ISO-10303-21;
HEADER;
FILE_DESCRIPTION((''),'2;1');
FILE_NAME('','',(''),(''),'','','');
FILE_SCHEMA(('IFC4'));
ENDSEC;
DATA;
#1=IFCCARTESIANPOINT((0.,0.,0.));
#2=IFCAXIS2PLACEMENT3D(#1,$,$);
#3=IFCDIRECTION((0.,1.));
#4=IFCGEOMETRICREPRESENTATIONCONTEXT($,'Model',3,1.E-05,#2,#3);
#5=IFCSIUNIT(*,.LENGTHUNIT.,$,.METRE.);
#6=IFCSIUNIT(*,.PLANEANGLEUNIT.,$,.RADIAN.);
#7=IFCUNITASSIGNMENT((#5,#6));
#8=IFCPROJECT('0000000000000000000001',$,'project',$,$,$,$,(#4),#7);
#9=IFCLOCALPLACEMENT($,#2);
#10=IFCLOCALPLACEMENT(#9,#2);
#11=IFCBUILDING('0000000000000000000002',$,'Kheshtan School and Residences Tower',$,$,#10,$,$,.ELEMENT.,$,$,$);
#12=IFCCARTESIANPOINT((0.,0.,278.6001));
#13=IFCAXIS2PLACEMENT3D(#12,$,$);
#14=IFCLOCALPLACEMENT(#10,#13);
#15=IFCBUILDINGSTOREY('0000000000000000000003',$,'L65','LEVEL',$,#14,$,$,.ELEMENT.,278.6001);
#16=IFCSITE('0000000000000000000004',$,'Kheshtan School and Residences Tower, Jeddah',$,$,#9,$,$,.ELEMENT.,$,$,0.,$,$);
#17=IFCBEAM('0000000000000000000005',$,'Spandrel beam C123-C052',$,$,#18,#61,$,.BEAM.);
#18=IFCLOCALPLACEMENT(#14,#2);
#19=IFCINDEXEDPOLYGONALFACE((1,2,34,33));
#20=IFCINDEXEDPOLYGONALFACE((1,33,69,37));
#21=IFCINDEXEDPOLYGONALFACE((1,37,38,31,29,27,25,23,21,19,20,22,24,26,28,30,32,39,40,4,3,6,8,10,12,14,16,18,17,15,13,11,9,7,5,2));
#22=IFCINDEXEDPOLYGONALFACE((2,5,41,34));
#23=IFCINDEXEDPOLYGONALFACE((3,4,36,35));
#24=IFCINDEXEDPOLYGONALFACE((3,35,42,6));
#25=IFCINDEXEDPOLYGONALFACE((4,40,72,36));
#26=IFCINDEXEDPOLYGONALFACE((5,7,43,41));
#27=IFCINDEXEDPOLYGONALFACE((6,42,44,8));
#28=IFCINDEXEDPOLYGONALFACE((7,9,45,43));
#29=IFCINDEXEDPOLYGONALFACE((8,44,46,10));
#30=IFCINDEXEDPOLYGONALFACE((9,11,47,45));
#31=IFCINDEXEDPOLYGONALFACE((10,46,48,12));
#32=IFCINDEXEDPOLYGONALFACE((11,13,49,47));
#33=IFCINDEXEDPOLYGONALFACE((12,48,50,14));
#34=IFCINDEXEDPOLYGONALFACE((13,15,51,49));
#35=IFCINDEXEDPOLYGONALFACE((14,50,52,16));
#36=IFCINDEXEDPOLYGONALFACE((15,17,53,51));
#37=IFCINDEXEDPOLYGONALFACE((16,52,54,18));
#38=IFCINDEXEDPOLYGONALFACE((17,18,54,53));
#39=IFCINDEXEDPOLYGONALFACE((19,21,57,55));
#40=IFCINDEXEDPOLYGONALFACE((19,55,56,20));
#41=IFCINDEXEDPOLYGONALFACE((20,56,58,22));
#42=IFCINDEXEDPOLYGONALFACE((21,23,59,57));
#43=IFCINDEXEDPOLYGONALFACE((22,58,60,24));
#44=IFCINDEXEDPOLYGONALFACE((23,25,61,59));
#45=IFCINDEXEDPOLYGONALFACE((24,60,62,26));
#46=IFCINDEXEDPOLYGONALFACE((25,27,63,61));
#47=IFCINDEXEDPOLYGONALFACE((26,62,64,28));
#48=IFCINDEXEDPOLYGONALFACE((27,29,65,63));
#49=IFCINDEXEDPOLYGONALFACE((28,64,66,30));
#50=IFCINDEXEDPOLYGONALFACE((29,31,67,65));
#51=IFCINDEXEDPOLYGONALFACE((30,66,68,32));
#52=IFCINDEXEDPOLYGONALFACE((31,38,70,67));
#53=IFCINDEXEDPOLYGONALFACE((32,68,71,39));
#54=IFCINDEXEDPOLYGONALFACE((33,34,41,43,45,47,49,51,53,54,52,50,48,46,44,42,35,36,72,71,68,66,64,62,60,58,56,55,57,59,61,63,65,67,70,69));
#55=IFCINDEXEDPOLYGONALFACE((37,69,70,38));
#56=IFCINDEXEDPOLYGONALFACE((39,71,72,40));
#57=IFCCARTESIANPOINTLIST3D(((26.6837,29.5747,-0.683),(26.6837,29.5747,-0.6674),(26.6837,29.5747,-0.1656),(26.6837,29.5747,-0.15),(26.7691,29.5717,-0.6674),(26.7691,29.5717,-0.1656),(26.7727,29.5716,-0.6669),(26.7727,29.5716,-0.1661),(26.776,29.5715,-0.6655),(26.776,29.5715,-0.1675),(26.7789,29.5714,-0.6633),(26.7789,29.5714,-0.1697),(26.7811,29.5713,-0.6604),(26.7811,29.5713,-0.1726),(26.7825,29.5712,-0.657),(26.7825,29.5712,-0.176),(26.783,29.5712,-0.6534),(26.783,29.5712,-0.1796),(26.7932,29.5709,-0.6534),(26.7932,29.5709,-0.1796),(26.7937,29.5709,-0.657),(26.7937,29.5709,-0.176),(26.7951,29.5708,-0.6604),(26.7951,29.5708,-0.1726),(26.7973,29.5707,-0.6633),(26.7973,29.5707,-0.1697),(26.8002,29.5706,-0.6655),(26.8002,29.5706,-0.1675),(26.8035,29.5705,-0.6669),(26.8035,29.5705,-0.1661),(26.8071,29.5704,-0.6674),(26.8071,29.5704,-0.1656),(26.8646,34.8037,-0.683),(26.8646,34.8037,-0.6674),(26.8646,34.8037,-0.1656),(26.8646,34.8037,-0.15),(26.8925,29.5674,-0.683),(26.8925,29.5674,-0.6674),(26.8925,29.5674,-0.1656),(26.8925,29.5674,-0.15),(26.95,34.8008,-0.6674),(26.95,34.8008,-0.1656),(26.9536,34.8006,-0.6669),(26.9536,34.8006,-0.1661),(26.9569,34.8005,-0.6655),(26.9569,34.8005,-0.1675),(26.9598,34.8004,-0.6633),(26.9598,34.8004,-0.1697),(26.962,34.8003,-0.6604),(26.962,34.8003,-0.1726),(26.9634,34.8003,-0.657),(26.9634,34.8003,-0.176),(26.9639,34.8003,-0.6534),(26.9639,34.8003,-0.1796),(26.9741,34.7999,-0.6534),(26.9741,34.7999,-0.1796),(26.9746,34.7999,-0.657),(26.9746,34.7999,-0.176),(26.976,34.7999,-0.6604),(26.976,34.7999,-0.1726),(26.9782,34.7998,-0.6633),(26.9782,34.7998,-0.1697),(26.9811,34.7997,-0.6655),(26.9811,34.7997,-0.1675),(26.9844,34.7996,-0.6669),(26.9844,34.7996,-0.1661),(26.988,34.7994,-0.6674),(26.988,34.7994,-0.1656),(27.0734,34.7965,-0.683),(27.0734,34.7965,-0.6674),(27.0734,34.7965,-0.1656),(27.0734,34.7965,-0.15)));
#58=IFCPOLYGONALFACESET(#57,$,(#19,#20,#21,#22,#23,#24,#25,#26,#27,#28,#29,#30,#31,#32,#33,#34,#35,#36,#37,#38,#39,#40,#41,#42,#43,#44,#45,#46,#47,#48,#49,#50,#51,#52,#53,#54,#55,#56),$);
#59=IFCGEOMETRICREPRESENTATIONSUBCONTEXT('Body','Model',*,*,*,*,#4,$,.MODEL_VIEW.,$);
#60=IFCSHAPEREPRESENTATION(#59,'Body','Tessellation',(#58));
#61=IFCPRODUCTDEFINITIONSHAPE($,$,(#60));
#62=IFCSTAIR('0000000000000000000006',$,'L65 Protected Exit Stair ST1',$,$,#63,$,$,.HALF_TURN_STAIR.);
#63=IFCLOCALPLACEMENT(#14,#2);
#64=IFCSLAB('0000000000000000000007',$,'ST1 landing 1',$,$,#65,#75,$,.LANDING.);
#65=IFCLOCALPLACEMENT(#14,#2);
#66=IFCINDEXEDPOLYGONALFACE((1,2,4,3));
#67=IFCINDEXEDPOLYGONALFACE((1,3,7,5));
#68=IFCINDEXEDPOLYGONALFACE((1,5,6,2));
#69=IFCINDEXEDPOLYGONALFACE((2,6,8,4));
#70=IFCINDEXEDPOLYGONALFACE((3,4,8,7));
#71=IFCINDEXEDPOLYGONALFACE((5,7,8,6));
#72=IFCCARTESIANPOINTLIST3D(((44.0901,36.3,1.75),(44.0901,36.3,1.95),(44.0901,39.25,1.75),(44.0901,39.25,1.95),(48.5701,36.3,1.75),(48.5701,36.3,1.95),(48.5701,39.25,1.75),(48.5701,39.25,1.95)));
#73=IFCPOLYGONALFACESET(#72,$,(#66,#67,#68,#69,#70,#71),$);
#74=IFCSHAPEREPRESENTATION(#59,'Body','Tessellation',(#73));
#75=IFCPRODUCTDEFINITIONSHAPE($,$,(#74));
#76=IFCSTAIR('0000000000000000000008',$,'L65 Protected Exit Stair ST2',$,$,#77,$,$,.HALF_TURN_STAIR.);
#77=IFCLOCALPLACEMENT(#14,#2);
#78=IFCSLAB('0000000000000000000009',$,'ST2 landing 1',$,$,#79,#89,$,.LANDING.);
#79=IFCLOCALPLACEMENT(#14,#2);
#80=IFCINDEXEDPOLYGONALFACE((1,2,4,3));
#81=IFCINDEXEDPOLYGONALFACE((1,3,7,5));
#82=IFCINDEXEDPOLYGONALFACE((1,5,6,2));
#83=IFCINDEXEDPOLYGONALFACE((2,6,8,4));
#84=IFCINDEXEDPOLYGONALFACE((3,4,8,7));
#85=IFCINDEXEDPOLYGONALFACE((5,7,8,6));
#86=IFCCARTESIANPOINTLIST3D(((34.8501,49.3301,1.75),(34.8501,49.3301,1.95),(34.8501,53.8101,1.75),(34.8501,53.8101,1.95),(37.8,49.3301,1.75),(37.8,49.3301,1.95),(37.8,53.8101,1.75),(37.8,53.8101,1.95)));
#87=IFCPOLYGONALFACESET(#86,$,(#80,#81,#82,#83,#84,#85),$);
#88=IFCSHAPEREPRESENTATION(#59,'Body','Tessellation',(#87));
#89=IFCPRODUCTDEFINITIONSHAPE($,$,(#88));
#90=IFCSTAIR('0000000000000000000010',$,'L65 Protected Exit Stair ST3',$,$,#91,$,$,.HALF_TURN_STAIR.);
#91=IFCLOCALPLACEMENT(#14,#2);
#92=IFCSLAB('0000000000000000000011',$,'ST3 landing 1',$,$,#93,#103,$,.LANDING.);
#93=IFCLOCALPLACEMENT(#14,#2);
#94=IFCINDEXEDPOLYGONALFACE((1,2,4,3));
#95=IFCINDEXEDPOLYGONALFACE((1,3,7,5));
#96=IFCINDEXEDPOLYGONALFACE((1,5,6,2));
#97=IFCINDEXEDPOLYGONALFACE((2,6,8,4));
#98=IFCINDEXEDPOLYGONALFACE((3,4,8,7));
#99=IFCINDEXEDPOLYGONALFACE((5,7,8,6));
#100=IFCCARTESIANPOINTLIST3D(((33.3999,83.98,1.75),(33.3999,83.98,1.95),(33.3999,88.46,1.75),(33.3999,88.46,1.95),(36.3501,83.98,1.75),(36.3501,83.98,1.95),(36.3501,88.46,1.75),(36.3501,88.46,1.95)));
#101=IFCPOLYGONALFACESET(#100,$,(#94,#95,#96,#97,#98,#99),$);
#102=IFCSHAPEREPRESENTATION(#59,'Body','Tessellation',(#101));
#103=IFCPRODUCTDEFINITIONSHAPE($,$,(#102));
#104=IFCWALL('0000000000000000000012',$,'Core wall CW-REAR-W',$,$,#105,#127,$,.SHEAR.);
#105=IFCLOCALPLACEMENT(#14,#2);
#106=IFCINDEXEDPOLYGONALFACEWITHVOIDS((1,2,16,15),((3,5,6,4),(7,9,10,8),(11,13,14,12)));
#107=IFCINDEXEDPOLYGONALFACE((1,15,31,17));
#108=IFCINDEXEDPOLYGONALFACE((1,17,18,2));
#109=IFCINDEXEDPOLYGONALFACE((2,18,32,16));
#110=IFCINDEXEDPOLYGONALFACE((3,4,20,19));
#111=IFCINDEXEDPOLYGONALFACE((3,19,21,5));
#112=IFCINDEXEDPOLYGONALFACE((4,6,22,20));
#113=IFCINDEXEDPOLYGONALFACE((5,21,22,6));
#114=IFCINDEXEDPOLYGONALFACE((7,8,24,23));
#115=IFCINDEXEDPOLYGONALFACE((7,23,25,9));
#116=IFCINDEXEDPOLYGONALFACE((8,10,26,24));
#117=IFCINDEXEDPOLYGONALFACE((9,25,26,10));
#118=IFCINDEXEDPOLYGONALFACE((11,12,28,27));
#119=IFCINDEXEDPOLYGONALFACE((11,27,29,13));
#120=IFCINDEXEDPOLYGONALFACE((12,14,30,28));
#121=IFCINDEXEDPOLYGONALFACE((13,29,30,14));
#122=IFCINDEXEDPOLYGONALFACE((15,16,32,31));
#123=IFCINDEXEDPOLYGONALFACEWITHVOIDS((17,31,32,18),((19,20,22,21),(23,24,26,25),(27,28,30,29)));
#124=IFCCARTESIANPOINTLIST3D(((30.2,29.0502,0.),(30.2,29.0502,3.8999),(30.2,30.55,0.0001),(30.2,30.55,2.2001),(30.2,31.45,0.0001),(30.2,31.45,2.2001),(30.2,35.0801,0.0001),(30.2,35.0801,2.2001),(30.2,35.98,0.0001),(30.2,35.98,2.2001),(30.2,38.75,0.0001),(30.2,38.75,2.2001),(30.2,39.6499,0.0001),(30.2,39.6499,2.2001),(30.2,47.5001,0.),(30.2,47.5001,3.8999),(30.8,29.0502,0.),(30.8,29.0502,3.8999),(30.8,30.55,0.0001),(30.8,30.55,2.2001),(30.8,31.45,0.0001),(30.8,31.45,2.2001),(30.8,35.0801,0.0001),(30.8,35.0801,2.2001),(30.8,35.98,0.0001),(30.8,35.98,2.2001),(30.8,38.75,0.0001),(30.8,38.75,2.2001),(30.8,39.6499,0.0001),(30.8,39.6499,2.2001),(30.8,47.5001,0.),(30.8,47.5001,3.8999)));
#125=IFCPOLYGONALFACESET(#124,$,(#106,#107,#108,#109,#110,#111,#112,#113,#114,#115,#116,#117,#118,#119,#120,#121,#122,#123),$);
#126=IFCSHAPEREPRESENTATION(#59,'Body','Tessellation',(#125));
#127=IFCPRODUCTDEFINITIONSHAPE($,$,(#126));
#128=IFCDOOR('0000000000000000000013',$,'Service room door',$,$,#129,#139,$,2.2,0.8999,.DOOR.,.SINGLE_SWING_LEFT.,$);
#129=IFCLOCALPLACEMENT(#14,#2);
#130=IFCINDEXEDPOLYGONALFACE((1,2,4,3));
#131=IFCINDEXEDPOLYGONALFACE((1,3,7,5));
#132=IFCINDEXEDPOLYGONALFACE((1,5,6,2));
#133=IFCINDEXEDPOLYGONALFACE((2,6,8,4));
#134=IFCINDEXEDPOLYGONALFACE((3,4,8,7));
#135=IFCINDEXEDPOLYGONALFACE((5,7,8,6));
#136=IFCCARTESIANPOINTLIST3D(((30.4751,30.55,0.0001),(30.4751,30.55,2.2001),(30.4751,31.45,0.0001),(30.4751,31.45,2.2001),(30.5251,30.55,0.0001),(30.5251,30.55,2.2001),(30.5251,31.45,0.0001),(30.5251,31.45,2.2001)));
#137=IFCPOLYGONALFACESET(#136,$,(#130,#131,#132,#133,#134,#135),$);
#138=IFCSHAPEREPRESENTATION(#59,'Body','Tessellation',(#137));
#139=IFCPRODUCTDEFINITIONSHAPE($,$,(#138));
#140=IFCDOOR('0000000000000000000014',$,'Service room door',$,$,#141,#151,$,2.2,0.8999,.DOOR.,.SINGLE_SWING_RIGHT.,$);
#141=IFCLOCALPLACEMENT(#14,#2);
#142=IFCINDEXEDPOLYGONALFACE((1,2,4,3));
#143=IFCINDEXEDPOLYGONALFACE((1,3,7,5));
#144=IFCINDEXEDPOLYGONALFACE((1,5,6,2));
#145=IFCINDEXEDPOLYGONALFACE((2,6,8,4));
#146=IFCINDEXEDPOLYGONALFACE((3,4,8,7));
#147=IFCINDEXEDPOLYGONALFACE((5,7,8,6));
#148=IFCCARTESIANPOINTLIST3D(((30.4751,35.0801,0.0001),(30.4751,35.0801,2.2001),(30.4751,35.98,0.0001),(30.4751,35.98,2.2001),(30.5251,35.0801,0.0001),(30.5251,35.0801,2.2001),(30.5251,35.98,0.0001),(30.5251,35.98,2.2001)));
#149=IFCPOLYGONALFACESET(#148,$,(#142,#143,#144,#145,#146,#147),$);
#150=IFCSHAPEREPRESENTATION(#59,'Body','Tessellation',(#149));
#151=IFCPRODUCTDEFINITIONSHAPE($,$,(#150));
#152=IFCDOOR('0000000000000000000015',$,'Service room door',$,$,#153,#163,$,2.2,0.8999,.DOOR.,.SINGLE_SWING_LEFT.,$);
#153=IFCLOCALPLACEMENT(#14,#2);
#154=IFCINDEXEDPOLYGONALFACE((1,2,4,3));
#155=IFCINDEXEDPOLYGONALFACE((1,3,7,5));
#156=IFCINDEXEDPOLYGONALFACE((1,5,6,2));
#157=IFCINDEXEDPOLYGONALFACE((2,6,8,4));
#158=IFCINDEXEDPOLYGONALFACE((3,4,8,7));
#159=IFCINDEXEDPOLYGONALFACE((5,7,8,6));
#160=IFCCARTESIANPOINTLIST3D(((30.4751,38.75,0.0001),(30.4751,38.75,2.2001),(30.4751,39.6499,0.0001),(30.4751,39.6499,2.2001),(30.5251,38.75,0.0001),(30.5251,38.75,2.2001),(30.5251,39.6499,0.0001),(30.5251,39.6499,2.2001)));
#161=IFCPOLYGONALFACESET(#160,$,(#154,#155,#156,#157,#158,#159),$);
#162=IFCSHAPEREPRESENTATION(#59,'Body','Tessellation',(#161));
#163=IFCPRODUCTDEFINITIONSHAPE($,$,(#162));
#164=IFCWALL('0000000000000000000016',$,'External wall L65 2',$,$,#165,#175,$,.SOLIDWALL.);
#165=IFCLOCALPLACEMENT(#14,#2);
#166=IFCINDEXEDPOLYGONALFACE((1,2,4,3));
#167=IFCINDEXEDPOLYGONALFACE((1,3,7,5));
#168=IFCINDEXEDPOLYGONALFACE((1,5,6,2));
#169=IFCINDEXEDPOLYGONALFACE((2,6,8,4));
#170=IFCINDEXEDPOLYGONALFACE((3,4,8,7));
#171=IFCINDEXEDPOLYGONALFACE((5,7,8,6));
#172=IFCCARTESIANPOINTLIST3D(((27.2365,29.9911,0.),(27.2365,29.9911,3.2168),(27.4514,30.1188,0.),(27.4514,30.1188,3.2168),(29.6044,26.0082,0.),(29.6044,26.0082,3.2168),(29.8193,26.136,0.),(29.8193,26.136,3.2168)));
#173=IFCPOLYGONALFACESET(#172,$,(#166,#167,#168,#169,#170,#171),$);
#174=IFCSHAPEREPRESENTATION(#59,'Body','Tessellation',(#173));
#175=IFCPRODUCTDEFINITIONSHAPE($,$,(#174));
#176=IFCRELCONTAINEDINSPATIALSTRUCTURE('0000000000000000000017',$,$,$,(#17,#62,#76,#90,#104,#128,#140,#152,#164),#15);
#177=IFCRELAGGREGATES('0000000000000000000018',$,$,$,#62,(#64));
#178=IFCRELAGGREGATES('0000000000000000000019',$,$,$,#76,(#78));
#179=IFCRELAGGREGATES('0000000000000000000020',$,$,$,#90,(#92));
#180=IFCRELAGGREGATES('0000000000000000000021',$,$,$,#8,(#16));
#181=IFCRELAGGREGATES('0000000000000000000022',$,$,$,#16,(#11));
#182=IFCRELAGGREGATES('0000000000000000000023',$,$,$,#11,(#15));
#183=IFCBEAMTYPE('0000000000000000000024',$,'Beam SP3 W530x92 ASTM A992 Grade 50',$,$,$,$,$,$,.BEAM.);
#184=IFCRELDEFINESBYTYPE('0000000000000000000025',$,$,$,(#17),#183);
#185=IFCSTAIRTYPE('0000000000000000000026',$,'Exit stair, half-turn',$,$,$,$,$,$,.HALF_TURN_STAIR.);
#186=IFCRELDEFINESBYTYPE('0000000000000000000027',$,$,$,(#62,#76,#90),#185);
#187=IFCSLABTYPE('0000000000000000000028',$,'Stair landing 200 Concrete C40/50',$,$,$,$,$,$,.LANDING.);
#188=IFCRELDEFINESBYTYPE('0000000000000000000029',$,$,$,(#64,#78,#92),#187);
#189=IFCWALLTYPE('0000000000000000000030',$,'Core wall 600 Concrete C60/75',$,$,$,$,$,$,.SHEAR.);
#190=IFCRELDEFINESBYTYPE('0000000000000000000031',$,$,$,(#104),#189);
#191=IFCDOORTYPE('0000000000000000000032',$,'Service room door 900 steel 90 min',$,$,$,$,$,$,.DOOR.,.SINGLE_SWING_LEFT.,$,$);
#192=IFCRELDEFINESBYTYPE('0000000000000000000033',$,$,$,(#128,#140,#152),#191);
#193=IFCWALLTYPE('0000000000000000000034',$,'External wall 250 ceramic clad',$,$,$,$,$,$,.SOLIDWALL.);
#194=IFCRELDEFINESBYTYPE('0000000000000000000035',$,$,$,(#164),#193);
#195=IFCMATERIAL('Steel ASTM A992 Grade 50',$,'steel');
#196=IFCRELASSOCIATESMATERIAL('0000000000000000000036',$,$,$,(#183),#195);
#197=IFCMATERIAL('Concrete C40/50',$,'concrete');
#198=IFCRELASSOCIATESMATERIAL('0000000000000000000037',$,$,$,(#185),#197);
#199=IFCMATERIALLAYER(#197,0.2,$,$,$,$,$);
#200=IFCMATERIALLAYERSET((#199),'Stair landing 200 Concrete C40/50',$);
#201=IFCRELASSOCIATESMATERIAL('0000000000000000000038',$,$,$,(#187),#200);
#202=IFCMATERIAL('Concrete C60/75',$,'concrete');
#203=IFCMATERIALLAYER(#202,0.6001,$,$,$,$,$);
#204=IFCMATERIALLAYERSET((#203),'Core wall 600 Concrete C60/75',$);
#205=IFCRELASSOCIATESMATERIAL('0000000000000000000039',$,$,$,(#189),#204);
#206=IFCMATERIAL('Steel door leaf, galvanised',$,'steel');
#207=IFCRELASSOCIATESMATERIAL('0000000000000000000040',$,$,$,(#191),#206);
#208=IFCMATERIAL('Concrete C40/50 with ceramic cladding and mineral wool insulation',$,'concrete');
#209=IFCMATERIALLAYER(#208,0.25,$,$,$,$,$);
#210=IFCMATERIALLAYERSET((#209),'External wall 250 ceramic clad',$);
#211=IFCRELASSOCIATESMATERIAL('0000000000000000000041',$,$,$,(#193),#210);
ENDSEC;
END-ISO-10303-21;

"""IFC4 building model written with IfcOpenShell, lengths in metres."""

from ifc_helpers import new_model, si_unit, direction, frame, frame_2d, origin, origin_2d, place, context, subcontext, project, spatial, polyline, rectangle, i_section, outline, extrude, source, transform, mapped, material, layer, layer_set, material_profile, profile_set, type_object, element, fill, aggregate, save


model = new_model("IFC4")

# Units and contexts
model_context = context("Model", 3, precision=1e-05, world=origin(), true_north=direction((0.0, 1.0)))
body_context = subcontext(model_context, "Body", "Model", "MODEL_VIEW")
ifc_project = project(units=[si_unit("LENGTHUNIT", "METRE"), si_unit("PLANEANGLEUNIT", "RADIAN")], contexts=[model_context])

# Site, building, storey
site_placement = place(None, origin())
site = spatial("IfcSite", under=ifc_project, at=site_placement, Name="Kheshtan School and Residences Tower, Jeddah", CompositionType="ELEMENT", RefElevation=0.0)
building_placement = place(site_placement, origin())
building = spatial("IfcBuilding", under=site, at=building_placement, Name="Kheshtan School and Residences Tower", CompositionType="ELEMENT")
storey_placement = place(building_placement, frame((0.0, 0.0, 278.6001)))
storey = spatial("IfcBuildingStorey", under=building, at=storey_placement, Name="L65", Description="LEVEL", CompositionType="ELEMENT", Elevation=278.6001)

# Shared definitions
ifc_material_1 = material(Name="Steel ASTM A992 Grade 50", Category="steel")

# Beam
ifc_material_profile_1 = material_profile(ifc_material_1, i_section(OverallWidth=0.209, OverallDepth=0.533, WebThickness=0.0103, FlangeThickness=0.0156, FilletRadius=0.0139, at=origin_2d()), Name="W530x92")
ifc_profile_set_1 = profile_set([ifc_material_profile_1], Name="Steel ASTM A992 Grade 50")
beam_type_1 = type_object("IfcBeamType", Name="Beam SP3 W530x92 ASTM A992 Grade 50", PredefinedType="BEAM", material=ifc_profile_set_1)
beam_1_placement = place(storey_placement, frame((26.7881, 29.571, -0.4165), z_axis=(0.034576, 0.999402, 0.0), x_axis=(-0.999402, 0.034576, 0.0)))
element("IfcBeam", 1, at=beam_1_placement, inside=storey, type_object=beam_type_1, Name="Spandrel beam C123-C052", PredefinedType="BEAM", context=body_context, shape_type="SweptSolid", body=[
    extrude(i_section(OverallWidth=0.209, OverallDepth=0.533, WebThickness=0.0103, FlangeThickness=0.0156, FilletRadius=0.0139, at=origin_2d()), origin(), (0.0, 0.0, 1.0), 5.2322),
])

# Shared definitions
ifc_material_2 = material(Name="Concrete C40/50", Category="concrete")

# Stairs, slabs
stair_type = type_object("IfcStairType", Name="Exit stair, half-turn", PredefinedType="HALF_TURN_STAIR", material=ifc_material_2)
stair_1_placement = place(storey_placement, origin())
stair_1 = element("IfcStair", 2, at=stair_1_placement, inside=storey, type_object=stair_type, Name="L65 Protected Exit Stair ST1", PredefinedType="HALF_TURN_STAIR")
ifc_layer_1 = layer(ifc_material_2, 0.2)
ifc_layer_set_1 = layer_set([ifc_layer_1], Name="Stair landing 200 Concrete C40/50")
slab_type_1 = type_object("IfcSlabType", Name="Stair landing 200 Concrete C40/50", PredefinedType="LANDING", material=ifc_layer_set_1)
slab_1_placement = place(storey_placement, frame((0.0, 0.0, 1.75)))
slab_1 = element("IfcSlab", 3, at=slab_1_placement, type_object=slab_type_1, Name="ST1 landing 1", PredefinedType="LANDING", context=body_context, shape_type="SweptSolid", body=[
    extrude(outline(polyline([(48.5701, 39.25), (44.0901, 39.25), (44.0901, 36.3), (48.5701, 36.3), (48.5701, 39.25)])), origin(), (0.0, 0.0, 1.0), 0.2),
])
aggregate(stair_1, [slab_1])
stair_2_placement = place(storey_placement, origin())
stair_2 = element("IfcStair", 4, at=stair_2_placement, inside=storey, type_object=stair_type, Name="L65 Protected Exit Stair ST2", PredefinedType="HALF_TURN_STAIR")
slab_2_placement = place(storey_placement, frame((0.0, 0.0, 1.75)))
slab_2 = element("IfcSlab", 5, at=slab_2_placement, type_object=slab_type_1, Name="ST2 landing 1", PredefinedType="LANDING", context=body_context, shape_type="SweptSolid", body=[
    extrude(outline(polyline([(37.8, 49.3301), (37.8, 53.8101), (34.8501, 53.8101), (34.8501, 49.3301), (37.8, 49.3301)])), origin(), (0.0, 0.0, 1.0), 0.2),
])
aggregate(stair_2, [slab_2])
stair_3_placement = place(storey_placement, origin())
stair_3 = element("IfcStair", 6, at=stair_3_placement, inside=storey, type_object=stair_type, Name="L65 Protected Exit Stair ST3", PredefinedType="HALF_TURN_STAIR")
slab_3_placement = place(storey_placement, frame((0.0, 0.0, 1.75)))
slab_3 = element("IfcSlab", 7, at=slab_3_placement, type_object=slab_type_1, Name="ST3 landing 1", PredefinedType="LANDING", context=body_context, shape_type="SweptSolid", body=[
    extrude(outline(polyline([(36.3501, 83.98), (36.3501, 88.46), (33.3999, 88.46), (33.3999, 83.98), (36.3501, 83.98)])), origin(), (0.0, 0.0, 1.0), 0.2),
])
aggregate(stair_3, [slab_3])

# Wall, openings, doors
ifc_material_3 = material(Name="Concrete C60/75", Category="concrete")
ifc_layer_2 = layer(ifc_material_3, 0.6001)
ifc_layer_set_2 = layer_set([ifc_layer_2], Name="Core wall 600 Concrete C60/75")
wall_type_1 = type_object("IfcWallType", Name="Core wall 600 Concrete C60/75", PredefinedType="SHEAR", material=ifc_layer_set_2)
wall_1_placement = place(storey_placement, frame((30.5, 29.05, 0.0), z_axis=(0.0, 0.0, 1.0), x_axis=(0.0, 1.0, 0.0)))
wall_1 = element("IfcWall", 8, at=wall_1_placement, inside=storey, type_object=wall_type_1, Name="Core wall CW-REAR-W", PredefinedType="SHEAR", context=body_context, shape_type="SweptSolid", body=[
    extrude(rectangle(XDim=18.45, YDim=0.6001, at=frame_2d((9.2251, 0.0))), origin(), (0.0, 0.0, 1.0), 3.8999),
])
opening_1_placement = place(wall_1_placement, frame((1.5, 0.0, 0.0)))
opening_1 = element("IfcOpeningElement", 9, at=opening_1_placement, cuts=wall_1, PredefinedType="OPENING", context=body_context, shape_type="SweptSolid", body=[
    extrude(rectangle(XDim=0.8999, YDim=2.2, at=frame_2d((0.45, 1.1001))), frame((0.0, 0.3101, 0.0), z_axis=(0.0, -1.0, 0.0), x_axis=(1.0, 0.0, 0.0)), (0.0, 0.0, 1.0), 0.6201),
])
opening_2_placement = place(wall_1_placement, frame((6.03, 0.0, 0.0)))
opening_2 = element("IfcOpeningElement", 10, at=opening_2_placement, cuts=wall_1, PredefinedType="OPENING", context=body_context, shape_type="SweptSolid", body=[
    extrude(rectangle(XDim=0.8999, YDim=2.2, at=frame_2d((0.45, 1.1001))), frame((0.0, 0.3101, 0.0), z_axis=(0.0, -1.0, 0.0), x_axis=(1.0, 0.0, 0.0)), (0.0, 0.0, 1.0), 0.6201),
])
opening_3_placement = place(wall_1_placement, frame((9.7, 0.0, 0.0)))
opening_3 = element("IfcOpeningElement", 11, at=opening_3_placement, cuts=wall_1, PredefinedType="OPENING", context=body_context, shape_type="SweptSolid", body=[
    extrude(rectangle(XDim=0.8999, YDim=2.2, at=frame_2d((0.45, 1.1001))), frame((0.0, 0.3101, 0.0), z_axis=(0.0, -1.0, 0.0), x_axis=(1.0, 0.0, 0.0)), (0.0, 0.0, 1.0), 0.6201),
])
ifc_material_4 = material(Name="Steel door leaf, galvanised", Category="steel")
door_type = type_object("IfcDoorType", Name="Service room door 900 steel 90 min", OperationType="SINGLE_SWING_LEFT", PredefinedType="DOOR", material=ifc_material_4)
shared_shape = source(origin(), body_context, "Body", "SweptSolid", [
    extrude(rectangle(XDim=0.8999, YDim=2.2, at=frame_2d((0.45, 1.1001))), frame((0.0, 0.0249, 0.0), z_axis=(0.0, -1.0, 0.0), x_axis=(1.0, 0.0, 0.0)), (0.0, 0.0, 1.0), 0.05),
])
door_1_placement = place(opening_1_placement, origin())
door_1 = element("IfcDoor", 12, at=door_1_placement, inside=storey, type_object=door_type, Name="Service room door", OperationType="SINGLE_SWING_LEFT", OverallHeight=2.2, OverallWidth=0.8999, PredefinedType="DOOR", context=body_context, shape_type="MappedRepresentation", body=[
    mapped(shared_shape, transform((0.0, 0.0, 0.0), x_axis=(1.0, 0.0, 0.0), y_axis=(0.0, 1.0, 0.0), z_axis=(0.0, 0.0, 1.0), scale=1.0)),
])
fill(opening_1, door_1)
door_2_placement = place(opening_2_placement, origin())
door_2 = element("IfcDoor", 13, at=door_2_placement, inside=storey, type_object=door_type, Name="Service room door", OperationType="SINGLE_SWING_RIGHT", OverallHeight=2.2, OverallWidth=0.8999, PredefinedType="DOOR", context=body_context, shape_type="MappedRepresentation", body=[
    mapped(shared_shape, transform((0.0, 0.0, 0.0), x_axis=(1.0, 0.0, 0.0), y_axis=(0.0, 1.0, 0.0), z_axis=(0.0, 0.0, 1.0), scale=1.0)),
])
fill(opening_2, door_2)
door_3_placement = place(opening_3_placement, origin())
door_3 = element("IfcDoor", 14, at=door_3_placement, inside=storey, type_object=door_type, Name="Service room door", OperationType="SINGLE_SWING_LEFT", OverallHeight=2.2, OverallWidth=0.8999, PredefinedType="DOOR", context=body_context, shape_type="MappedRepresentation", body=[
    mapped(shared_shape, transform((0.0, 0.0, 0.0), x_axis=(1.0, 0.0, 0.0), y_axis=(0.0, 1.0, 0.0), z_axis=(0.0, 0.0, 1.0), scale=1.0)),
])
fill(opening_3, door_3)

# Wall
ifc_material_5 = material(Name="Concrete C40/50 with ceramic cladding and mineral wool insulation", Category="concrete")
ifc_layer_3 = layer(ifc_material_5, 0.25)
ifc_layer_set_3 = layer_set([ifc_layer_3], Name="External wall 250 ceramic clad")
wall_type_2 = type_object("IfcWallType", Name="External wall 250 ceramic clad", PredefinedType="SOLIDWALL", material=ifc_layer_set_3)
wall_2_placement = place(storey_placement, frame((29.7119, 26.072, 0.0), z_axis=(0.0, 0.0, 1.0), x_axis=(-0.511028, 0.859564, 0.0)))
element("IfcWall", 15, at=wall_2_placement, inside=storey, type_object=wall_type_2, Name="External wall L65 2", PredefinedType="SOLIDWALL", context=body_context, shape_type="SweptSolid", body=[
    extrude(rectangle(XDim=4.6335, YDim=0.25, at=frame_2d((2.3169, 0.0))), origin(), (0.0, 0.0, 1.0), 3.2168),
])

save(model, "model.ifc")
